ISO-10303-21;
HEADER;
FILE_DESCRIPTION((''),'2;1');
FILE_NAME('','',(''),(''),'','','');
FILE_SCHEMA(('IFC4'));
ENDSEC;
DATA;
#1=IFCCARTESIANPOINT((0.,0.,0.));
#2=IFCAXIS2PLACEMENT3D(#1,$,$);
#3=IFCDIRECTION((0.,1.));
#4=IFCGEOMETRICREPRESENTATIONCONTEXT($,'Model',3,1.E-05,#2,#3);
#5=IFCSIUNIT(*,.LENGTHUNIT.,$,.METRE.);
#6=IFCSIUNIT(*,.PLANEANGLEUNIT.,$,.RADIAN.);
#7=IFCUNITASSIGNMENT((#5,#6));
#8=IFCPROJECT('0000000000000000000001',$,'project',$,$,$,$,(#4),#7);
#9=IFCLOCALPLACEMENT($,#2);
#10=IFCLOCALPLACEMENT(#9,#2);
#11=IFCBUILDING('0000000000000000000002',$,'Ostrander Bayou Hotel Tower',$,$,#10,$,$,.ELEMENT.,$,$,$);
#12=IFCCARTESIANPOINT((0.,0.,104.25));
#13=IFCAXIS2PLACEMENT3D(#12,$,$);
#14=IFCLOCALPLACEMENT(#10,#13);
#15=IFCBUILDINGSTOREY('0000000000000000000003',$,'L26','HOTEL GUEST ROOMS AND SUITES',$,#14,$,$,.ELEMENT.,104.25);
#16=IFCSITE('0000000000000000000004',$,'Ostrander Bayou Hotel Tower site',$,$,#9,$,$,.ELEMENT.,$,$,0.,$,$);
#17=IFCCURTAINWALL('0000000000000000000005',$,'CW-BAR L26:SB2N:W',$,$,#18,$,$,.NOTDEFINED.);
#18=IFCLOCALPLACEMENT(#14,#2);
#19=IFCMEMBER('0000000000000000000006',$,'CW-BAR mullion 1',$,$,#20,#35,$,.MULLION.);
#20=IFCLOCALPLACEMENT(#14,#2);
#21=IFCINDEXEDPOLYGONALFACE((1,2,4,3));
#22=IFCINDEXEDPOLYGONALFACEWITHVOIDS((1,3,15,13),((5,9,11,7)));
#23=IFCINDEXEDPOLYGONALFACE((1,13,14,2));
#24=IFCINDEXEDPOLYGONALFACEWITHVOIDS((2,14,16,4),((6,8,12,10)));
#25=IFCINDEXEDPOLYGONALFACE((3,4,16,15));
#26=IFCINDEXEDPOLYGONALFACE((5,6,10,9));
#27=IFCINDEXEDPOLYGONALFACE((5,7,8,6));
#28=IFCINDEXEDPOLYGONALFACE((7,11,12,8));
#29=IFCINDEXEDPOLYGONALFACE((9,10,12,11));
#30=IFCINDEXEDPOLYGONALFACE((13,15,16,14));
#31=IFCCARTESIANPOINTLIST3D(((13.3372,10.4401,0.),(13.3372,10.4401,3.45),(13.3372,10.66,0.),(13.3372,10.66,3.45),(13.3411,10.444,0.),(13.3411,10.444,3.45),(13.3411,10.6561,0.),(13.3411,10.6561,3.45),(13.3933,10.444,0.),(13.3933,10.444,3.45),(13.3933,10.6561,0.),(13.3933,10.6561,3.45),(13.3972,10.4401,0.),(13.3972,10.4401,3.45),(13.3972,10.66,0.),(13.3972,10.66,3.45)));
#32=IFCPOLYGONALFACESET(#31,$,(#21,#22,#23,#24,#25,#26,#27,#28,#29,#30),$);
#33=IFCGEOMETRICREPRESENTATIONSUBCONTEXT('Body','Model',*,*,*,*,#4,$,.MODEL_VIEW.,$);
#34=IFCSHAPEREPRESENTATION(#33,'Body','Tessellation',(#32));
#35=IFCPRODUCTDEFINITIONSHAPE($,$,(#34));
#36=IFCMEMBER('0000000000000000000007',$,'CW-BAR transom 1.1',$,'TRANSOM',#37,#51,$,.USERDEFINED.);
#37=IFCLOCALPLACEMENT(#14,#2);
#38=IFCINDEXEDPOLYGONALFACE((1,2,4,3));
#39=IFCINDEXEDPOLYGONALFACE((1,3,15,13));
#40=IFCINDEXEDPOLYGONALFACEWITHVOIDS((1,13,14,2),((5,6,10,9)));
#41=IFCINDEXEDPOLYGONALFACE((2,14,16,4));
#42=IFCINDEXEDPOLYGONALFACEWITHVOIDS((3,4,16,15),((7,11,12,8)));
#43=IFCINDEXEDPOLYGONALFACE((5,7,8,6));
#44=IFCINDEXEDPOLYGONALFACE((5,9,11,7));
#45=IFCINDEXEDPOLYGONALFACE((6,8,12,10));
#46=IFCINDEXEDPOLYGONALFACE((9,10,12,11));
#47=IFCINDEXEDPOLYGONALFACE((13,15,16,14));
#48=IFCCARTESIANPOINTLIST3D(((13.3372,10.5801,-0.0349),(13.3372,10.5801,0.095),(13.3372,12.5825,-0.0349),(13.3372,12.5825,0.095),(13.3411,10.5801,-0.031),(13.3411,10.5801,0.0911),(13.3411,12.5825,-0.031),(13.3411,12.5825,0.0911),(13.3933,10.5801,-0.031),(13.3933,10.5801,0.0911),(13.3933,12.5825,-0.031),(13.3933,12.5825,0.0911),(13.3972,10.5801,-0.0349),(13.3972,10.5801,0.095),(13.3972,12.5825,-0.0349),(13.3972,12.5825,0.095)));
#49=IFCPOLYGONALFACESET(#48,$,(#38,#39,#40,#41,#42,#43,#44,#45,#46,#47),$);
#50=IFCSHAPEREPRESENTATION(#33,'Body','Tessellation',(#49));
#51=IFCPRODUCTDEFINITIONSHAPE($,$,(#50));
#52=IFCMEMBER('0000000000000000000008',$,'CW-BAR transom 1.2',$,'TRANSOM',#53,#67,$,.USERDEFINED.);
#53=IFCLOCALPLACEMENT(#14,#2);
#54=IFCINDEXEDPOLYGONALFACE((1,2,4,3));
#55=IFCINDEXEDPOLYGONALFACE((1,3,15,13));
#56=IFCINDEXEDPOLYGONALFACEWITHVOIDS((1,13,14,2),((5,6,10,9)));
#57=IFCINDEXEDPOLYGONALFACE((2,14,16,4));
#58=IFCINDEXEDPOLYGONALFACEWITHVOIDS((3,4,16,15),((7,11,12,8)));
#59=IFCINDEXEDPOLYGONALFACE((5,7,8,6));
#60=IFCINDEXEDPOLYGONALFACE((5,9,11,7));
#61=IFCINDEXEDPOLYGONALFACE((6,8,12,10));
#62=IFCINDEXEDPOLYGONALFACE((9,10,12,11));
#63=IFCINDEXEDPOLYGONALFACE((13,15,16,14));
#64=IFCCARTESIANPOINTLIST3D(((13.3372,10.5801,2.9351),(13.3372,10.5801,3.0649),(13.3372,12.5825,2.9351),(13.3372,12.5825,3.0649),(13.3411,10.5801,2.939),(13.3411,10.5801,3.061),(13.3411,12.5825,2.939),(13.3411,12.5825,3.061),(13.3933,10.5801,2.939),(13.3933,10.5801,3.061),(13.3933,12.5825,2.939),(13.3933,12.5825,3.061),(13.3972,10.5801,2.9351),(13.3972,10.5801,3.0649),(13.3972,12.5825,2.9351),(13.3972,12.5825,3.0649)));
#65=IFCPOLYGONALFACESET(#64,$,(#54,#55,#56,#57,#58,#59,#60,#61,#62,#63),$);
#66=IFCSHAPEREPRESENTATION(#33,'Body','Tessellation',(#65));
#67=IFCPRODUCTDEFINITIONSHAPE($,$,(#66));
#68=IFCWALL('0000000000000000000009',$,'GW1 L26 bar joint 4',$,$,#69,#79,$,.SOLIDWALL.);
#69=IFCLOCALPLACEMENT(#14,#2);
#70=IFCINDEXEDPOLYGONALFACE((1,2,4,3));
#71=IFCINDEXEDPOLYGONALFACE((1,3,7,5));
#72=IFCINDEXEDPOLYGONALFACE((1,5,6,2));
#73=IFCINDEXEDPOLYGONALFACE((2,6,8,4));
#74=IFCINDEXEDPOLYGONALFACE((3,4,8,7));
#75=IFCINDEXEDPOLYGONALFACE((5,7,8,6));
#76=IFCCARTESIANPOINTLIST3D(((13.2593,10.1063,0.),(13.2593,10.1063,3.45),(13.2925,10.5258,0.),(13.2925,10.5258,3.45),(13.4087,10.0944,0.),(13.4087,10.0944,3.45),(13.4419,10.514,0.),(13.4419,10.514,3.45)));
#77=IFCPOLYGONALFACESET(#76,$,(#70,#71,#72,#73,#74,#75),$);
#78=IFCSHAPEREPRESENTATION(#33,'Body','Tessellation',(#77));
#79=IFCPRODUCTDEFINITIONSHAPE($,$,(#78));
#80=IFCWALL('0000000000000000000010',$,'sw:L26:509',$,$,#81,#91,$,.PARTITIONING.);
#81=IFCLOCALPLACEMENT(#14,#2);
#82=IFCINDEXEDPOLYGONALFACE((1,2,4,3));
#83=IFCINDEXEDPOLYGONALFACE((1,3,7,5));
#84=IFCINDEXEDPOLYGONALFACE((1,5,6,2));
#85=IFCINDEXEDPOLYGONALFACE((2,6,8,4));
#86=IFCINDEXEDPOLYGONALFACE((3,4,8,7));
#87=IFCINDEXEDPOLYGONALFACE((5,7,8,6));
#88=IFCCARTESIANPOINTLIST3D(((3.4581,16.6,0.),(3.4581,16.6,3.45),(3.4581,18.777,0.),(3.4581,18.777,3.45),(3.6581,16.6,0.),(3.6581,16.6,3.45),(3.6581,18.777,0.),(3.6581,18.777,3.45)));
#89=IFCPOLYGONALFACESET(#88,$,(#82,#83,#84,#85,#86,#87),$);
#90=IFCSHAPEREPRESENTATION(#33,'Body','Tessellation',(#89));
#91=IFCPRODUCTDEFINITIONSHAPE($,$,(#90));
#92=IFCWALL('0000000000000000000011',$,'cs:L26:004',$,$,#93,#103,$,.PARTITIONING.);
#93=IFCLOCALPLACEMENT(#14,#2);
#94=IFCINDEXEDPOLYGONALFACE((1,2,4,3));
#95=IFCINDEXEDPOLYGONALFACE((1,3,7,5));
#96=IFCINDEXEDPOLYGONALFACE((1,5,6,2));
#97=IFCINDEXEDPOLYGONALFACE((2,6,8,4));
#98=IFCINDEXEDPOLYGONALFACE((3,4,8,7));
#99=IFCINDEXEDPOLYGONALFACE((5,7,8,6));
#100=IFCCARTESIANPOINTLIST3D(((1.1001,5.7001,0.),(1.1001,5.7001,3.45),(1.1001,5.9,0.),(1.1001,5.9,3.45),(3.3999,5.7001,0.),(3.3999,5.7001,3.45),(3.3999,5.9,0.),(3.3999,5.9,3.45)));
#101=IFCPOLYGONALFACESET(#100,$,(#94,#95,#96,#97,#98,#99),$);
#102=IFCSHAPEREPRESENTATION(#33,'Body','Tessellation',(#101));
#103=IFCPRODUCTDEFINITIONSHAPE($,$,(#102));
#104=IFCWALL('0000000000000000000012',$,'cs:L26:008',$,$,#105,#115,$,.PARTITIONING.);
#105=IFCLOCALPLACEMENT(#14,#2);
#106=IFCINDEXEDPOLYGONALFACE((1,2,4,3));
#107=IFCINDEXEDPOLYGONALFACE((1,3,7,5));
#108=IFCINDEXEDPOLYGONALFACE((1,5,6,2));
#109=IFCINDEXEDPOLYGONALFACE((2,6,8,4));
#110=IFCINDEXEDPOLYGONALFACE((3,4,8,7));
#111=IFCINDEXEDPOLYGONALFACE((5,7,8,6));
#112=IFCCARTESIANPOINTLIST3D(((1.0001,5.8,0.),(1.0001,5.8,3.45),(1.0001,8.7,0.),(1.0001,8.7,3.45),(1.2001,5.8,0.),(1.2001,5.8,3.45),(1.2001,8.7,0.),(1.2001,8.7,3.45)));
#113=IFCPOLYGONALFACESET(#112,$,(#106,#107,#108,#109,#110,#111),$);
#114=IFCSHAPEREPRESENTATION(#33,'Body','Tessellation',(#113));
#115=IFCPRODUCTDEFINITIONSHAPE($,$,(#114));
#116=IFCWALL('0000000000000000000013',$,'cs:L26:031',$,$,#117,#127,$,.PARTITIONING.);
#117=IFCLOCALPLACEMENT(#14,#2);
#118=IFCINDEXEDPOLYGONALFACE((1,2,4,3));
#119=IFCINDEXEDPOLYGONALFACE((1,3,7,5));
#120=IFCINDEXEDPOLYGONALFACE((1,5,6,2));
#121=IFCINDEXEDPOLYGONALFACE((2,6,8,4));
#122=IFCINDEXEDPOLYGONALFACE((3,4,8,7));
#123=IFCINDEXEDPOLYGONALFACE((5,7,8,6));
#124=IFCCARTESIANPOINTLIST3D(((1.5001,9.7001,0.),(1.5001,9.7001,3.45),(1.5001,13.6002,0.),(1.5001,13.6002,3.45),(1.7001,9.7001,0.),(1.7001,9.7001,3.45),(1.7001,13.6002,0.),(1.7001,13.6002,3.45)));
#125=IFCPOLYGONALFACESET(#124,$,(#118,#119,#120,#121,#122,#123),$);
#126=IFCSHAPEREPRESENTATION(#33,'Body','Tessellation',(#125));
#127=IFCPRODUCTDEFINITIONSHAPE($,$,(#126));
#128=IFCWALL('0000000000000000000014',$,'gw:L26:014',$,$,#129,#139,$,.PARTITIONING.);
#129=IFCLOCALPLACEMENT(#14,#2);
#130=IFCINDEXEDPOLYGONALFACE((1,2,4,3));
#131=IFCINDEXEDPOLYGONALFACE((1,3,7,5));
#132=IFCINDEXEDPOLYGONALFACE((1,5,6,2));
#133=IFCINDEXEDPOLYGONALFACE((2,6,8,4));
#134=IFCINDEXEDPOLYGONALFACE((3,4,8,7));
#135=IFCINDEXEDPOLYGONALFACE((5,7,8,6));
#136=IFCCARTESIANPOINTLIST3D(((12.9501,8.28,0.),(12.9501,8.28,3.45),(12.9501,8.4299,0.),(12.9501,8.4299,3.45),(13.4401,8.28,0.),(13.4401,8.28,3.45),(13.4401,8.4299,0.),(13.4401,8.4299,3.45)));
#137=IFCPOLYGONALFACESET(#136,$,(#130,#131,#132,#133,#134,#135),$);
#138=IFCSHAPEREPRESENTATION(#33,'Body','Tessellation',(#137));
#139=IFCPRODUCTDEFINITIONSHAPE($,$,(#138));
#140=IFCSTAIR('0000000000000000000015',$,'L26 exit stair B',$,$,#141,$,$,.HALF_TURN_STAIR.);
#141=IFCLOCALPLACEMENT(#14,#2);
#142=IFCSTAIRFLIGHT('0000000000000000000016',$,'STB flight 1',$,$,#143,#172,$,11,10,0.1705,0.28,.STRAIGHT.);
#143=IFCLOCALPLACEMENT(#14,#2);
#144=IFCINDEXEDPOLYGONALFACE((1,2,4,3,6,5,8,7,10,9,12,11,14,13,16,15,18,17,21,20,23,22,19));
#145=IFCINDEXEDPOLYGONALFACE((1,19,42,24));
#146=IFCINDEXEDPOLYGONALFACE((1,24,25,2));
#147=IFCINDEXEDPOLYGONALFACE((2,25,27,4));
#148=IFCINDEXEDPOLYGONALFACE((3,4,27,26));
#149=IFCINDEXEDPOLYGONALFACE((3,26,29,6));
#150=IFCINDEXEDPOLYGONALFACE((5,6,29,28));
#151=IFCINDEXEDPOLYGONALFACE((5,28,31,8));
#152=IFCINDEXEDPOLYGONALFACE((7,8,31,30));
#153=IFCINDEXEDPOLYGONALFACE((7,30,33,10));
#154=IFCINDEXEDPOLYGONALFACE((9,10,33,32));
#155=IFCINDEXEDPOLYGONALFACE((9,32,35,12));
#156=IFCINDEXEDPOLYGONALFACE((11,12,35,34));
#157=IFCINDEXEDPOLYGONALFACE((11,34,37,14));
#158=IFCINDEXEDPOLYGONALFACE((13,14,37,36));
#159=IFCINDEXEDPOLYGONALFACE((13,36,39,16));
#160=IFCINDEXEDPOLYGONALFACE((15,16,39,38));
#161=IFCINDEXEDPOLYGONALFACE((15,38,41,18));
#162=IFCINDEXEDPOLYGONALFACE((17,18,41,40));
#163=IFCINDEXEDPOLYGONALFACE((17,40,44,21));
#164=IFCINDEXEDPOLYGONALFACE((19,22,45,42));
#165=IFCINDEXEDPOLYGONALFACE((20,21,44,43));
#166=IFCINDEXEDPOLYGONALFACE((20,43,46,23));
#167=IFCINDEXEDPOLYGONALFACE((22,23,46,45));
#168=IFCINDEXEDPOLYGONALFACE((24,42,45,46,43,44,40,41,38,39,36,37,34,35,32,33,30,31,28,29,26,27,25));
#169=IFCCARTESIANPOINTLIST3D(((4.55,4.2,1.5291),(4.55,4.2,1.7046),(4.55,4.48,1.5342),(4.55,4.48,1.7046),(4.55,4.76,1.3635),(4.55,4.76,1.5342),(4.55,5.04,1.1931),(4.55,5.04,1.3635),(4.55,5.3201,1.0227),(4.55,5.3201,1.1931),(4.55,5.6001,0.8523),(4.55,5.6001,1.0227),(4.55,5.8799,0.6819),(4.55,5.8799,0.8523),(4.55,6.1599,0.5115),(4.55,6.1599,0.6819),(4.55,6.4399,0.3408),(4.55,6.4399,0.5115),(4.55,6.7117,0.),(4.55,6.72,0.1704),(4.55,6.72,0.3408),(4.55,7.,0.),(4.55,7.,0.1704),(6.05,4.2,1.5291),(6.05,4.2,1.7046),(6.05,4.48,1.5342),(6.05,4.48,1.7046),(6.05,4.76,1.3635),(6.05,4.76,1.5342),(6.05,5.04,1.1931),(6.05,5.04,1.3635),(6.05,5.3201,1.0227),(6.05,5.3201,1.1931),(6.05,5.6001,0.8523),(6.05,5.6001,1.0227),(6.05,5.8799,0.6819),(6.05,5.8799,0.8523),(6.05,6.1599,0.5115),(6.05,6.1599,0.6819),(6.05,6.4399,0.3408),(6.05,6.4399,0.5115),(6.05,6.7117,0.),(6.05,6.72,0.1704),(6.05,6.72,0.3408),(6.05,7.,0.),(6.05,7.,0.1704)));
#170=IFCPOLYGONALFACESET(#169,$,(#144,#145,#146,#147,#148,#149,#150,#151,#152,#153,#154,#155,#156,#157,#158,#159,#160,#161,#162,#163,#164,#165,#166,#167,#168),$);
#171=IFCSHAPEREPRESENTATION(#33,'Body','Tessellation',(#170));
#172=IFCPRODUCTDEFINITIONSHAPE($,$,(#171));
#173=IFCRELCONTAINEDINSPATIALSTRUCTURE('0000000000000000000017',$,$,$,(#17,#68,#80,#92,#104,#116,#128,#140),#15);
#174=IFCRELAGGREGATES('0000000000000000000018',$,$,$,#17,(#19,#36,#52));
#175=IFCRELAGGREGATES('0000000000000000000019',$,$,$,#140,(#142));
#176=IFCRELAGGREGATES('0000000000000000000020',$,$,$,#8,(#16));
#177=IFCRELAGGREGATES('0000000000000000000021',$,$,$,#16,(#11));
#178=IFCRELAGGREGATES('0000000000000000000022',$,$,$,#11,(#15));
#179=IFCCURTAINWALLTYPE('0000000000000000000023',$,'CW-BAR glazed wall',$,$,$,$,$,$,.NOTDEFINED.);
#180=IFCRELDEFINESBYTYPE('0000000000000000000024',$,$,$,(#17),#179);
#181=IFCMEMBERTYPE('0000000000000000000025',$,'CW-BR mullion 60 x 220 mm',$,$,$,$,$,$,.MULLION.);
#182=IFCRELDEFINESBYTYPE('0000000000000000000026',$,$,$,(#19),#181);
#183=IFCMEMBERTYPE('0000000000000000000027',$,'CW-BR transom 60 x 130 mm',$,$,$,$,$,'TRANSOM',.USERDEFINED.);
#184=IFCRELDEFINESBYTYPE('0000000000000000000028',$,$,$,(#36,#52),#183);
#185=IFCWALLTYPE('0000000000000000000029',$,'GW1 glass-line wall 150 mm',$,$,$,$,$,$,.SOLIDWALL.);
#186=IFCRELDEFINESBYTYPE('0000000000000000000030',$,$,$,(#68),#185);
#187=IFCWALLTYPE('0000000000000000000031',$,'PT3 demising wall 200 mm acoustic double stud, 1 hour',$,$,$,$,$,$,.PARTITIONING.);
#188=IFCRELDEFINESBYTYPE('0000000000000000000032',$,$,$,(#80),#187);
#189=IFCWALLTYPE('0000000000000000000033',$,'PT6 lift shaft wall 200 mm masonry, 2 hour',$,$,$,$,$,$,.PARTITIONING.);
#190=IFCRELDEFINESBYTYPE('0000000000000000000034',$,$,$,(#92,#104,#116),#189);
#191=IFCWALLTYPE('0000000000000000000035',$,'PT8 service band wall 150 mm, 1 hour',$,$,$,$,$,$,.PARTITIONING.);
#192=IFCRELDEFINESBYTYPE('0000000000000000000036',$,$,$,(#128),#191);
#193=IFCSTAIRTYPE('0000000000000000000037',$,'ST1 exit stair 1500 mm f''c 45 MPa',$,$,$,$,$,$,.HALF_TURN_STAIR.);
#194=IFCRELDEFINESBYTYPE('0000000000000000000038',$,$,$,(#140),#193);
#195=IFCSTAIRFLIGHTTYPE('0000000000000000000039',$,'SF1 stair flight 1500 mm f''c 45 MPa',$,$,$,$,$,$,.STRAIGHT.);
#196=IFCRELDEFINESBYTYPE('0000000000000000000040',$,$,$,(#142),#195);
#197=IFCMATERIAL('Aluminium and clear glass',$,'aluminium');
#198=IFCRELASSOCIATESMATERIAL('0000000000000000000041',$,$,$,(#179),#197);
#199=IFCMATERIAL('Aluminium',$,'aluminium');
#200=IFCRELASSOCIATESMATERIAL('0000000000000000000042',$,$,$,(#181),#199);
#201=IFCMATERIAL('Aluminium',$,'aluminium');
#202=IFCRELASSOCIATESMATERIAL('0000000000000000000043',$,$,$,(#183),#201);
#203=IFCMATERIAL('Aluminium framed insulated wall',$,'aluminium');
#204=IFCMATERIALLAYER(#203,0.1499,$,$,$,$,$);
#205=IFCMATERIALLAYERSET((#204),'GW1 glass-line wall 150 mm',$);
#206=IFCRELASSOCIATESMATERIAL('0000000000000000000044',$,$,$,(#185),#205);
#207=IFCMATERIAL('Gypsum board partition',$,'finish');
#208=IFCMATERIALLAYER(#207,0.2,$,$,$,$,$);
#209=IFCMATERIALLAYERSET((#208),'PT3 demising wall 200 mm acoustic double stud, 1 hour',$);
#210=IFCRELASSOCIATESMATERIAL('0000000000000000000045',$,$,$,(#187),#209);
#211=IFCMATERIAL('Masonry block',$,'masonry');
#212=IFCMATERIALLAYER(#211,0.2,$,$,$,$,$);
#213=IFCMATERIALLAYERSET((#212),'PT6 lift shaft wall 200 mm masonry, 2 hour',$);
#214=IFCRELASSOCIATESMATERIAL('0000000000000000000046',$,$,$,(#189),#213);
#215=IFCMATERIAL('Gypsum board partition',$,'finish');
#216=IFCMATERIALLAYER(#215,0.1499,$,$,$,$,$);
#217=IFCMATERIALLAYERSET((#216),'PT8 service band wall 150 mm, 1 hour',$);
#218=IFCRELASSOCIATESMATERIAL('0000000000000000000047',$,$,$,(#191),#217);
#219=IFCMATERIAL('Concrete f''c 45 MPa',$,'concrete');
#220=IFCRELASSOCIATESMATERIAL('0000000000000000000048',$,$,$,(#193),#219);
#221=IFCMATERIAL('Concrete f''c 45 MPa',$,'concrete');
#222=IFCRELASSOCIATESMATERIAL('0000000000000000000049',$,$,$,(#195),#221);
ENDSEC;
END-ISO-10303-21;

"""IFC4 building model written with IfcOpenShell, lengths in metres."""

from ifc_helpers import new_model, si_unit, direction, frame, frame_2d, origin, origin_2d, place, context, subcontext, project, spatial, polyline, rectangle, hollow_rectangle, outline, extrude, material, layer, layer_set, material_profile, profile_set, type_object, element, aggregate, save


model = new_model("IFC4")

# Units and contexts
model_context = context("Model", 3, precision=1e-05, world=origin(), true_north=direction((0.0, 1.0)))
body_context = subcontext(model_context, "Body", "Model", "MODEL_VIEW")
ifc_project = project(units=[si_unit("LENGTHUNIT", "METRE"), si_unit("PLANEANGLEUNIT", "RADIAN")], contexts=[model_context])

# Site, building, storey
site_placement = place(None, origin())
site = spatial("IfcSite", under=ifc_project, at=site_placement, Name="Ostrander Bayou Hotel Tower site", CompositionType="ELEMENT", RefElevation=0.0)
building_placement = place(site_placement, origin())
building = spatial("IfcBuilding", under=site, at=building_placement, Name="Ostrander Bayou Hotel Tower", CompositionType="ELEMENT")
storey_placement = place(building_placement, frame((0.0, 0.0, 104.25)))
storey = spatial("IfcBuildingStorey", under=building, at=storey_placement, Name="L26", Description="HOTEL GUEST ROOMS AND SUITES", CompositionType="ELEMENT", Elevation=104.25)

# Curtain wall, members
ifc_material_1 = material(Name="Aluminium and clear glass", Category="aluminium")
curtain_wall_type = type_object("IfcCurtainWallType", Name="CW-BAR glazed wall", PredefinedType="NOTDEFINED", material=ifc_material_1)
curtain_wall_placement = place(storey_placement, origin())
curtain_wall = element("IfcCurtainWall", 1, at=curtain_wall_placement, inside=storey, type_object=curtain_wall_type, Name="CW-BAR L26:SB2N:W", PredefinedType="NOTDEFINED")
ifc_material_2 = material(Name="Aluminium", Category="aluminium")
ifc_material_profile_1 = material_profile(ifc_material_2, hollow_rectangle(XDim=0.0601, YDim=0.22, WallThickness=0.0039, at=origin_2d()))
ifc_profile_set_1 = profile_set([ifc_material_profile_1], Name="Aluminium")
member_type_1 = type_object("IfcMemberType", Name="CW-BR mullion 60 x 220 mm", PredefinedType="MULLION", material=ifc_profile_set_1)
member_1_placement = place(storey_placement, frame((13.3672, 10.55, 0.0), z_axis=(0.0, 0.0, 1.0), x_axis=(-1.0, 0.0, 0.0)))
member_1 = element("IfcMember", 2, at=member_1_placement, type_object=member_type_1, Name="CW-BAR mullion 1", PredefinedType="MULLION", context=body_context, shape_type="SweptSolid", body=[
    extrude(hollow_rectangle(XDim=0.0601, YDim=0.22, WallThickness=0.0039, at=origin_2d()), origin(), (0.0, 0.0, 1.0), 3.45),
])
ifc_material_3 = material(Name="Aluminium", Category="aluminium")
ifc_material_profile_2 = material_profile(ifc_material_3, hollow_rectangle(XDim=0.0601, YDim=0.1299, WallThickness=0.0039, at=origin_2d()))
ifc_profile_set_2 = profile_set([ifc_material_profile_2], Name="Aluminium")
member_type_2 = type_object("IfcMemberType", Name="CW-BR transom 60 x 130 mm", ElementType="TRANSOM", PredefinedType="USERDEFINED", material=ifc_profile_set_2)
member_2_placement = place(storey_placement, frame((13.3672, 10.5801, 0.03), z_axis=(0.0, 1.0, 0.0), x_axis=(-1.0, 0.0, 0.0)))
member_2 = element("IfcMember", 3, at=member_2_placement, type_object=member_type_2, Name="CW-BAR transom 1.1", ObjectType="TRANSOM", PredefinedType="USERDEFINED", context=body_context, shape_type="SweptSolid", body=[
    extrude(hollow_rectangle(XDim=0.0601, YDim=0.1299, WallThickness=0.0039, at=origin_2d()), origin(), (0.0, 0.0, 1.0), 2.0024),
])
member_3_placement = place(storey_placement, frame((13.3672, 10.5801, 3.0), z_axis=(0.0, 1.0, 0.0), x_axis=(-1.0, 0.0, 0.0)))
member_3 = element("IfcMember", 4, at=member_3_placement, type_object=member_type_2, Name="CW-BAR transom 1.2", ObjectType="TRANSOM", PredefinedType="USERDEFINED", context=body_context, shape_type="SweptSolid", body=[
    extrude(hollow_rectangle(XDim=0.0601, YDim=0.1299, WallThickness=0.0039, at=origin_2d()), origin(), (0.0, 0.0, 1.0), 2.0024),
])
aggregate(curtain_wall, [member_1, member_2, member_3])

# Walls
ifc_material_4 = material(Name="Aluminium framed insulated wall", Category="aluminium")
ifc_layer_1 = layer(ifc_material_4, 0.1499)
ifc_layer_set_1 = layer_set([ifc_layer_1], Name="GW1 glass-line wall 150 mm")
wall_type_1 = type_object("IfcWallType", Name="GW1 glass-line wall 150 mm", PredefinedType="SOLIDWALL", material=ifc_layer_set_1)
wall_1_placement = place(storey_placement, frame((13.334, 10.1003, 0.0), z_axis=(0.0, 0.0, 1.0), x_axis=(0.078869, 0.996885, 0.0)))
element("IfcWall", 5, at=wall_1_placement, inside=storey, type_object=wall_type_1, Name="GW1 L26 bar joint 4", PredefinedType="SOLIDWALL", context=body_context, shape_type="SweptSolid", body=[
    extrude(rectangle(XDim=0.4209, YDim=0.1499, at=frame_2d((0.2104, 0.0))), origin(), (0.0, 0.0, 1.0), 3.45),
])
ifc_material_5 = material(Name="Gypsum board partition", Category="finish")
ifc_layer_2 = layer(ifc_material_5, 0.2)
ifc_layer_set_2 = layer_set([ifc_layer_2], Name="PT3 demising wall 200 mm acoustic double stud, 1 hour")
wall_type_2 = type_object("IfcWallType", Name="PT3 demising wall 200 mm acoustic double stud, 1 hour", PredefinedType="PARTITIONING", material=ifc_layer_set_2)
wall_2_placement = place(storey_placement, frame((3.5581, 16.6001, 0.0), z_axis=(0.0, 0.0, 1.0), x_axis=(0.0, 1.0, 0.0)))
element("IfcWall", 6, at=wall_2_placement, inside=storey, type_object=wall_type_2, Name="sw:L26:509", PredefinedType="PARTITIONING", context=body_context, shape_type="SweptSolid", body=[
    extrude(rectangle(XDim=2.177, YDim=0.2, at=frame_2d((1.0884, 0.0))), origin(), (0.0, 0.0, 1.0), 3.45),
])

# Walls
ifc_material_6 = material(Name="Masonry block", Category="masonry")
ifc_layer_3 = layer(ifc_material_6, 0.2)
ifc_layer_set_3 = layer_set([ifc_layer_3], Name="PT6 lift shaft wall 200 mm masonry, 2 hour")
wall_type_3 = type_object("IfcWallType", Name="PT6 lift shaft wall 200 mm masonry, 2 hour", PredefinedType="PARTITIONING", material=ifc_layer_set_3)
wall_3_placement = place(storey_placement, frame((1.1001, 5.8, 0.0), z_axis=(0.0, 0.0, 1.0), x_axis=(1.0, 0.0, 0.0)))
element("IfcWall", 7, at=wall_3_placement, inside=storey, type_object=wall_type_3, Name="cs:L26:004", PredefinedType="PARTITIONING", context=body_context, shape_type="SweptSolid", body=[
    extrude(rectangle(XDim=2.2998, YDim=0.2, at=frame_2d((1.1499, 0.0))), origin(), (0.0, 0.0, 1.0), 3.45),
])
wall_4_placement = place(storey_placement, frame((1.1001, 5.8, 0.0), z_axis=(0.0, 0.0, 1.0), x_axis=(0.0, 1.0, 0.0)))
element("IfcWall", 8, at=wall_4_placement, inside=storey, type_object=wall_type_3, Name="cs:L26:008", PredefinedType="PARTITIONING", context=body_context, shape_type="SweptSolid", body=[
    extrude(rectangle(XDim=2.8999, YDim=0.2, at=frame_2d((1.45, 0.0))), origin(), (0.0, 0.0, 1.0), 3.45),
])
wall_5_placement = place(storey_placement, frame((1.6001, 9.7, 0.0), z_axis=(0.0, 0.0, 1.0), x_axis=(0.0, 1.0, 0.0)))
element("IfcWall", 9, at=wall_5_placement, inside=storey, type_object=wall_type_3, Name="cs:L26:031", PredefinedType="PARTITIONING", context=body_context, shape_type="SweptSolid", body=[
    extrude(rectangle(XDim=3.9001, YDim=0.2, at=frame_2d((1.9502, 0.0))), origin(), (0.0, 0.0, 1.0), 3.45),
])
ifc_material_7 = material(Name="Gypsum board partition", Category="finish")
ifc_layer_4 = layer(ifc_material_7, 0.1499)
ifc_layer_set_4 = layer_set([ifc_layer_4], Name="PT8 service band wall 150 mm, 1 hour")
wall_type_4 = type_object("IfcWallType", Name="PT8 service band wall 150 mm, 1 hour", PredefinedType="PARTITIONING", material=ifc_layer_set_4)
wall_6_placement = place(storey_placement, frame((12.95, 8.355, 0.0), z_axis=(0.0, 0.0, 1.0), x_axis=(1.0, 0.0, 0.0)))
element("IfcWall", 10, at=wall_6_placement, inside=storey, type_object=wall_type_4, Name="gw:L26:014", PredefinedType="PARTITIONING", context=body_context, shape_type="SweptSolid", body=[
    extrude(rectangle(XDim=0.49, YDim=0.1499, at=frame_2d((0.2451, 0.0))), origin(), (0.0, 0.0, 1.0), 3.45),
])

# Stair, stair flight
ifc_material_8 = material(Name="Concrete f'c 45 MPa", Category="concrete")
stair_type = type_object("IfcStairType", Name="ST1 exit stair 1500 mm f'c 45 MPa", PredefinedType="HALF_TURN_STAIR", material=ifc_material_8)
stair_placement = place(storey_placement, origin())
stair = element("IfcStair", 11, at=stair_placement, inside=storey, type_object=stair_type, Name="L26 exit stair B", PredefinedType="HALF_TURN_STAIR")
ifc_material_9 = material(Name="Concrete f'c 45 MPa", Category="concrete")
stair_flight_type = type_object("IfcStairFlightType", Name="SF1 stair flight 1500 mm f'c 45 MPa", PredefinedType="STRAIGHT", material=ifc_material_9)
stair_flight_1_placement = place(storey_placement, frame((5.3, 7.0, 0.0), z_axis=(0.0, 0.0, 1.0), x_axis=(0.0, -1.0, 0.0)))
stair_flight_1 = element("IfcStairFlight", 12, at=stair_flight_1_placement, type_object=stair_flight_type, Name="STB flight 1", NumberOfRisers=11, NumberOfTreads=10, PredefinedType="STRAIGHT", RiserHeight=0.1705, TreadLength=0.28, context=body_context, shape_type="SweptSolid", body=[
    extrude(outline(polyline([(0.0, 0.0), (0.0, 0.1704), (0.28, 0.1704), (0.28, 0.3408), (0.5601, 0.3408), (0.5601, 0.5115), (0.8401, 0.5115), (0.8401, 0.6819), (1.1201, 0.6819), (1.1201, 0.8523), (1.3999, 0.8523), (1.3999, 1.0227), (1.6799, 1.0227), (1.6799, 1.1931), (1.96, 1.1931), (1.96, 1.3635), (2.24, 1.3635), (2.24, 1.5342), (2.52, 1.5342), (2.52, 1.7046), (2.8, 1.7046), (2.8, 1.875), (2.8, 1.5291), (0.2883, 0.0), (0.0, 0.0)])), frame((0.0, 0.75, 0.0), z_axis=(0.0, -1.0, 0.0), x_axis=(1.0, 0.0, 0.0)), (0.0, 0.0, 1.0), 1.5),
])
aggregate(stair, [stair_flight_1])

save(model, "model.ifc")
